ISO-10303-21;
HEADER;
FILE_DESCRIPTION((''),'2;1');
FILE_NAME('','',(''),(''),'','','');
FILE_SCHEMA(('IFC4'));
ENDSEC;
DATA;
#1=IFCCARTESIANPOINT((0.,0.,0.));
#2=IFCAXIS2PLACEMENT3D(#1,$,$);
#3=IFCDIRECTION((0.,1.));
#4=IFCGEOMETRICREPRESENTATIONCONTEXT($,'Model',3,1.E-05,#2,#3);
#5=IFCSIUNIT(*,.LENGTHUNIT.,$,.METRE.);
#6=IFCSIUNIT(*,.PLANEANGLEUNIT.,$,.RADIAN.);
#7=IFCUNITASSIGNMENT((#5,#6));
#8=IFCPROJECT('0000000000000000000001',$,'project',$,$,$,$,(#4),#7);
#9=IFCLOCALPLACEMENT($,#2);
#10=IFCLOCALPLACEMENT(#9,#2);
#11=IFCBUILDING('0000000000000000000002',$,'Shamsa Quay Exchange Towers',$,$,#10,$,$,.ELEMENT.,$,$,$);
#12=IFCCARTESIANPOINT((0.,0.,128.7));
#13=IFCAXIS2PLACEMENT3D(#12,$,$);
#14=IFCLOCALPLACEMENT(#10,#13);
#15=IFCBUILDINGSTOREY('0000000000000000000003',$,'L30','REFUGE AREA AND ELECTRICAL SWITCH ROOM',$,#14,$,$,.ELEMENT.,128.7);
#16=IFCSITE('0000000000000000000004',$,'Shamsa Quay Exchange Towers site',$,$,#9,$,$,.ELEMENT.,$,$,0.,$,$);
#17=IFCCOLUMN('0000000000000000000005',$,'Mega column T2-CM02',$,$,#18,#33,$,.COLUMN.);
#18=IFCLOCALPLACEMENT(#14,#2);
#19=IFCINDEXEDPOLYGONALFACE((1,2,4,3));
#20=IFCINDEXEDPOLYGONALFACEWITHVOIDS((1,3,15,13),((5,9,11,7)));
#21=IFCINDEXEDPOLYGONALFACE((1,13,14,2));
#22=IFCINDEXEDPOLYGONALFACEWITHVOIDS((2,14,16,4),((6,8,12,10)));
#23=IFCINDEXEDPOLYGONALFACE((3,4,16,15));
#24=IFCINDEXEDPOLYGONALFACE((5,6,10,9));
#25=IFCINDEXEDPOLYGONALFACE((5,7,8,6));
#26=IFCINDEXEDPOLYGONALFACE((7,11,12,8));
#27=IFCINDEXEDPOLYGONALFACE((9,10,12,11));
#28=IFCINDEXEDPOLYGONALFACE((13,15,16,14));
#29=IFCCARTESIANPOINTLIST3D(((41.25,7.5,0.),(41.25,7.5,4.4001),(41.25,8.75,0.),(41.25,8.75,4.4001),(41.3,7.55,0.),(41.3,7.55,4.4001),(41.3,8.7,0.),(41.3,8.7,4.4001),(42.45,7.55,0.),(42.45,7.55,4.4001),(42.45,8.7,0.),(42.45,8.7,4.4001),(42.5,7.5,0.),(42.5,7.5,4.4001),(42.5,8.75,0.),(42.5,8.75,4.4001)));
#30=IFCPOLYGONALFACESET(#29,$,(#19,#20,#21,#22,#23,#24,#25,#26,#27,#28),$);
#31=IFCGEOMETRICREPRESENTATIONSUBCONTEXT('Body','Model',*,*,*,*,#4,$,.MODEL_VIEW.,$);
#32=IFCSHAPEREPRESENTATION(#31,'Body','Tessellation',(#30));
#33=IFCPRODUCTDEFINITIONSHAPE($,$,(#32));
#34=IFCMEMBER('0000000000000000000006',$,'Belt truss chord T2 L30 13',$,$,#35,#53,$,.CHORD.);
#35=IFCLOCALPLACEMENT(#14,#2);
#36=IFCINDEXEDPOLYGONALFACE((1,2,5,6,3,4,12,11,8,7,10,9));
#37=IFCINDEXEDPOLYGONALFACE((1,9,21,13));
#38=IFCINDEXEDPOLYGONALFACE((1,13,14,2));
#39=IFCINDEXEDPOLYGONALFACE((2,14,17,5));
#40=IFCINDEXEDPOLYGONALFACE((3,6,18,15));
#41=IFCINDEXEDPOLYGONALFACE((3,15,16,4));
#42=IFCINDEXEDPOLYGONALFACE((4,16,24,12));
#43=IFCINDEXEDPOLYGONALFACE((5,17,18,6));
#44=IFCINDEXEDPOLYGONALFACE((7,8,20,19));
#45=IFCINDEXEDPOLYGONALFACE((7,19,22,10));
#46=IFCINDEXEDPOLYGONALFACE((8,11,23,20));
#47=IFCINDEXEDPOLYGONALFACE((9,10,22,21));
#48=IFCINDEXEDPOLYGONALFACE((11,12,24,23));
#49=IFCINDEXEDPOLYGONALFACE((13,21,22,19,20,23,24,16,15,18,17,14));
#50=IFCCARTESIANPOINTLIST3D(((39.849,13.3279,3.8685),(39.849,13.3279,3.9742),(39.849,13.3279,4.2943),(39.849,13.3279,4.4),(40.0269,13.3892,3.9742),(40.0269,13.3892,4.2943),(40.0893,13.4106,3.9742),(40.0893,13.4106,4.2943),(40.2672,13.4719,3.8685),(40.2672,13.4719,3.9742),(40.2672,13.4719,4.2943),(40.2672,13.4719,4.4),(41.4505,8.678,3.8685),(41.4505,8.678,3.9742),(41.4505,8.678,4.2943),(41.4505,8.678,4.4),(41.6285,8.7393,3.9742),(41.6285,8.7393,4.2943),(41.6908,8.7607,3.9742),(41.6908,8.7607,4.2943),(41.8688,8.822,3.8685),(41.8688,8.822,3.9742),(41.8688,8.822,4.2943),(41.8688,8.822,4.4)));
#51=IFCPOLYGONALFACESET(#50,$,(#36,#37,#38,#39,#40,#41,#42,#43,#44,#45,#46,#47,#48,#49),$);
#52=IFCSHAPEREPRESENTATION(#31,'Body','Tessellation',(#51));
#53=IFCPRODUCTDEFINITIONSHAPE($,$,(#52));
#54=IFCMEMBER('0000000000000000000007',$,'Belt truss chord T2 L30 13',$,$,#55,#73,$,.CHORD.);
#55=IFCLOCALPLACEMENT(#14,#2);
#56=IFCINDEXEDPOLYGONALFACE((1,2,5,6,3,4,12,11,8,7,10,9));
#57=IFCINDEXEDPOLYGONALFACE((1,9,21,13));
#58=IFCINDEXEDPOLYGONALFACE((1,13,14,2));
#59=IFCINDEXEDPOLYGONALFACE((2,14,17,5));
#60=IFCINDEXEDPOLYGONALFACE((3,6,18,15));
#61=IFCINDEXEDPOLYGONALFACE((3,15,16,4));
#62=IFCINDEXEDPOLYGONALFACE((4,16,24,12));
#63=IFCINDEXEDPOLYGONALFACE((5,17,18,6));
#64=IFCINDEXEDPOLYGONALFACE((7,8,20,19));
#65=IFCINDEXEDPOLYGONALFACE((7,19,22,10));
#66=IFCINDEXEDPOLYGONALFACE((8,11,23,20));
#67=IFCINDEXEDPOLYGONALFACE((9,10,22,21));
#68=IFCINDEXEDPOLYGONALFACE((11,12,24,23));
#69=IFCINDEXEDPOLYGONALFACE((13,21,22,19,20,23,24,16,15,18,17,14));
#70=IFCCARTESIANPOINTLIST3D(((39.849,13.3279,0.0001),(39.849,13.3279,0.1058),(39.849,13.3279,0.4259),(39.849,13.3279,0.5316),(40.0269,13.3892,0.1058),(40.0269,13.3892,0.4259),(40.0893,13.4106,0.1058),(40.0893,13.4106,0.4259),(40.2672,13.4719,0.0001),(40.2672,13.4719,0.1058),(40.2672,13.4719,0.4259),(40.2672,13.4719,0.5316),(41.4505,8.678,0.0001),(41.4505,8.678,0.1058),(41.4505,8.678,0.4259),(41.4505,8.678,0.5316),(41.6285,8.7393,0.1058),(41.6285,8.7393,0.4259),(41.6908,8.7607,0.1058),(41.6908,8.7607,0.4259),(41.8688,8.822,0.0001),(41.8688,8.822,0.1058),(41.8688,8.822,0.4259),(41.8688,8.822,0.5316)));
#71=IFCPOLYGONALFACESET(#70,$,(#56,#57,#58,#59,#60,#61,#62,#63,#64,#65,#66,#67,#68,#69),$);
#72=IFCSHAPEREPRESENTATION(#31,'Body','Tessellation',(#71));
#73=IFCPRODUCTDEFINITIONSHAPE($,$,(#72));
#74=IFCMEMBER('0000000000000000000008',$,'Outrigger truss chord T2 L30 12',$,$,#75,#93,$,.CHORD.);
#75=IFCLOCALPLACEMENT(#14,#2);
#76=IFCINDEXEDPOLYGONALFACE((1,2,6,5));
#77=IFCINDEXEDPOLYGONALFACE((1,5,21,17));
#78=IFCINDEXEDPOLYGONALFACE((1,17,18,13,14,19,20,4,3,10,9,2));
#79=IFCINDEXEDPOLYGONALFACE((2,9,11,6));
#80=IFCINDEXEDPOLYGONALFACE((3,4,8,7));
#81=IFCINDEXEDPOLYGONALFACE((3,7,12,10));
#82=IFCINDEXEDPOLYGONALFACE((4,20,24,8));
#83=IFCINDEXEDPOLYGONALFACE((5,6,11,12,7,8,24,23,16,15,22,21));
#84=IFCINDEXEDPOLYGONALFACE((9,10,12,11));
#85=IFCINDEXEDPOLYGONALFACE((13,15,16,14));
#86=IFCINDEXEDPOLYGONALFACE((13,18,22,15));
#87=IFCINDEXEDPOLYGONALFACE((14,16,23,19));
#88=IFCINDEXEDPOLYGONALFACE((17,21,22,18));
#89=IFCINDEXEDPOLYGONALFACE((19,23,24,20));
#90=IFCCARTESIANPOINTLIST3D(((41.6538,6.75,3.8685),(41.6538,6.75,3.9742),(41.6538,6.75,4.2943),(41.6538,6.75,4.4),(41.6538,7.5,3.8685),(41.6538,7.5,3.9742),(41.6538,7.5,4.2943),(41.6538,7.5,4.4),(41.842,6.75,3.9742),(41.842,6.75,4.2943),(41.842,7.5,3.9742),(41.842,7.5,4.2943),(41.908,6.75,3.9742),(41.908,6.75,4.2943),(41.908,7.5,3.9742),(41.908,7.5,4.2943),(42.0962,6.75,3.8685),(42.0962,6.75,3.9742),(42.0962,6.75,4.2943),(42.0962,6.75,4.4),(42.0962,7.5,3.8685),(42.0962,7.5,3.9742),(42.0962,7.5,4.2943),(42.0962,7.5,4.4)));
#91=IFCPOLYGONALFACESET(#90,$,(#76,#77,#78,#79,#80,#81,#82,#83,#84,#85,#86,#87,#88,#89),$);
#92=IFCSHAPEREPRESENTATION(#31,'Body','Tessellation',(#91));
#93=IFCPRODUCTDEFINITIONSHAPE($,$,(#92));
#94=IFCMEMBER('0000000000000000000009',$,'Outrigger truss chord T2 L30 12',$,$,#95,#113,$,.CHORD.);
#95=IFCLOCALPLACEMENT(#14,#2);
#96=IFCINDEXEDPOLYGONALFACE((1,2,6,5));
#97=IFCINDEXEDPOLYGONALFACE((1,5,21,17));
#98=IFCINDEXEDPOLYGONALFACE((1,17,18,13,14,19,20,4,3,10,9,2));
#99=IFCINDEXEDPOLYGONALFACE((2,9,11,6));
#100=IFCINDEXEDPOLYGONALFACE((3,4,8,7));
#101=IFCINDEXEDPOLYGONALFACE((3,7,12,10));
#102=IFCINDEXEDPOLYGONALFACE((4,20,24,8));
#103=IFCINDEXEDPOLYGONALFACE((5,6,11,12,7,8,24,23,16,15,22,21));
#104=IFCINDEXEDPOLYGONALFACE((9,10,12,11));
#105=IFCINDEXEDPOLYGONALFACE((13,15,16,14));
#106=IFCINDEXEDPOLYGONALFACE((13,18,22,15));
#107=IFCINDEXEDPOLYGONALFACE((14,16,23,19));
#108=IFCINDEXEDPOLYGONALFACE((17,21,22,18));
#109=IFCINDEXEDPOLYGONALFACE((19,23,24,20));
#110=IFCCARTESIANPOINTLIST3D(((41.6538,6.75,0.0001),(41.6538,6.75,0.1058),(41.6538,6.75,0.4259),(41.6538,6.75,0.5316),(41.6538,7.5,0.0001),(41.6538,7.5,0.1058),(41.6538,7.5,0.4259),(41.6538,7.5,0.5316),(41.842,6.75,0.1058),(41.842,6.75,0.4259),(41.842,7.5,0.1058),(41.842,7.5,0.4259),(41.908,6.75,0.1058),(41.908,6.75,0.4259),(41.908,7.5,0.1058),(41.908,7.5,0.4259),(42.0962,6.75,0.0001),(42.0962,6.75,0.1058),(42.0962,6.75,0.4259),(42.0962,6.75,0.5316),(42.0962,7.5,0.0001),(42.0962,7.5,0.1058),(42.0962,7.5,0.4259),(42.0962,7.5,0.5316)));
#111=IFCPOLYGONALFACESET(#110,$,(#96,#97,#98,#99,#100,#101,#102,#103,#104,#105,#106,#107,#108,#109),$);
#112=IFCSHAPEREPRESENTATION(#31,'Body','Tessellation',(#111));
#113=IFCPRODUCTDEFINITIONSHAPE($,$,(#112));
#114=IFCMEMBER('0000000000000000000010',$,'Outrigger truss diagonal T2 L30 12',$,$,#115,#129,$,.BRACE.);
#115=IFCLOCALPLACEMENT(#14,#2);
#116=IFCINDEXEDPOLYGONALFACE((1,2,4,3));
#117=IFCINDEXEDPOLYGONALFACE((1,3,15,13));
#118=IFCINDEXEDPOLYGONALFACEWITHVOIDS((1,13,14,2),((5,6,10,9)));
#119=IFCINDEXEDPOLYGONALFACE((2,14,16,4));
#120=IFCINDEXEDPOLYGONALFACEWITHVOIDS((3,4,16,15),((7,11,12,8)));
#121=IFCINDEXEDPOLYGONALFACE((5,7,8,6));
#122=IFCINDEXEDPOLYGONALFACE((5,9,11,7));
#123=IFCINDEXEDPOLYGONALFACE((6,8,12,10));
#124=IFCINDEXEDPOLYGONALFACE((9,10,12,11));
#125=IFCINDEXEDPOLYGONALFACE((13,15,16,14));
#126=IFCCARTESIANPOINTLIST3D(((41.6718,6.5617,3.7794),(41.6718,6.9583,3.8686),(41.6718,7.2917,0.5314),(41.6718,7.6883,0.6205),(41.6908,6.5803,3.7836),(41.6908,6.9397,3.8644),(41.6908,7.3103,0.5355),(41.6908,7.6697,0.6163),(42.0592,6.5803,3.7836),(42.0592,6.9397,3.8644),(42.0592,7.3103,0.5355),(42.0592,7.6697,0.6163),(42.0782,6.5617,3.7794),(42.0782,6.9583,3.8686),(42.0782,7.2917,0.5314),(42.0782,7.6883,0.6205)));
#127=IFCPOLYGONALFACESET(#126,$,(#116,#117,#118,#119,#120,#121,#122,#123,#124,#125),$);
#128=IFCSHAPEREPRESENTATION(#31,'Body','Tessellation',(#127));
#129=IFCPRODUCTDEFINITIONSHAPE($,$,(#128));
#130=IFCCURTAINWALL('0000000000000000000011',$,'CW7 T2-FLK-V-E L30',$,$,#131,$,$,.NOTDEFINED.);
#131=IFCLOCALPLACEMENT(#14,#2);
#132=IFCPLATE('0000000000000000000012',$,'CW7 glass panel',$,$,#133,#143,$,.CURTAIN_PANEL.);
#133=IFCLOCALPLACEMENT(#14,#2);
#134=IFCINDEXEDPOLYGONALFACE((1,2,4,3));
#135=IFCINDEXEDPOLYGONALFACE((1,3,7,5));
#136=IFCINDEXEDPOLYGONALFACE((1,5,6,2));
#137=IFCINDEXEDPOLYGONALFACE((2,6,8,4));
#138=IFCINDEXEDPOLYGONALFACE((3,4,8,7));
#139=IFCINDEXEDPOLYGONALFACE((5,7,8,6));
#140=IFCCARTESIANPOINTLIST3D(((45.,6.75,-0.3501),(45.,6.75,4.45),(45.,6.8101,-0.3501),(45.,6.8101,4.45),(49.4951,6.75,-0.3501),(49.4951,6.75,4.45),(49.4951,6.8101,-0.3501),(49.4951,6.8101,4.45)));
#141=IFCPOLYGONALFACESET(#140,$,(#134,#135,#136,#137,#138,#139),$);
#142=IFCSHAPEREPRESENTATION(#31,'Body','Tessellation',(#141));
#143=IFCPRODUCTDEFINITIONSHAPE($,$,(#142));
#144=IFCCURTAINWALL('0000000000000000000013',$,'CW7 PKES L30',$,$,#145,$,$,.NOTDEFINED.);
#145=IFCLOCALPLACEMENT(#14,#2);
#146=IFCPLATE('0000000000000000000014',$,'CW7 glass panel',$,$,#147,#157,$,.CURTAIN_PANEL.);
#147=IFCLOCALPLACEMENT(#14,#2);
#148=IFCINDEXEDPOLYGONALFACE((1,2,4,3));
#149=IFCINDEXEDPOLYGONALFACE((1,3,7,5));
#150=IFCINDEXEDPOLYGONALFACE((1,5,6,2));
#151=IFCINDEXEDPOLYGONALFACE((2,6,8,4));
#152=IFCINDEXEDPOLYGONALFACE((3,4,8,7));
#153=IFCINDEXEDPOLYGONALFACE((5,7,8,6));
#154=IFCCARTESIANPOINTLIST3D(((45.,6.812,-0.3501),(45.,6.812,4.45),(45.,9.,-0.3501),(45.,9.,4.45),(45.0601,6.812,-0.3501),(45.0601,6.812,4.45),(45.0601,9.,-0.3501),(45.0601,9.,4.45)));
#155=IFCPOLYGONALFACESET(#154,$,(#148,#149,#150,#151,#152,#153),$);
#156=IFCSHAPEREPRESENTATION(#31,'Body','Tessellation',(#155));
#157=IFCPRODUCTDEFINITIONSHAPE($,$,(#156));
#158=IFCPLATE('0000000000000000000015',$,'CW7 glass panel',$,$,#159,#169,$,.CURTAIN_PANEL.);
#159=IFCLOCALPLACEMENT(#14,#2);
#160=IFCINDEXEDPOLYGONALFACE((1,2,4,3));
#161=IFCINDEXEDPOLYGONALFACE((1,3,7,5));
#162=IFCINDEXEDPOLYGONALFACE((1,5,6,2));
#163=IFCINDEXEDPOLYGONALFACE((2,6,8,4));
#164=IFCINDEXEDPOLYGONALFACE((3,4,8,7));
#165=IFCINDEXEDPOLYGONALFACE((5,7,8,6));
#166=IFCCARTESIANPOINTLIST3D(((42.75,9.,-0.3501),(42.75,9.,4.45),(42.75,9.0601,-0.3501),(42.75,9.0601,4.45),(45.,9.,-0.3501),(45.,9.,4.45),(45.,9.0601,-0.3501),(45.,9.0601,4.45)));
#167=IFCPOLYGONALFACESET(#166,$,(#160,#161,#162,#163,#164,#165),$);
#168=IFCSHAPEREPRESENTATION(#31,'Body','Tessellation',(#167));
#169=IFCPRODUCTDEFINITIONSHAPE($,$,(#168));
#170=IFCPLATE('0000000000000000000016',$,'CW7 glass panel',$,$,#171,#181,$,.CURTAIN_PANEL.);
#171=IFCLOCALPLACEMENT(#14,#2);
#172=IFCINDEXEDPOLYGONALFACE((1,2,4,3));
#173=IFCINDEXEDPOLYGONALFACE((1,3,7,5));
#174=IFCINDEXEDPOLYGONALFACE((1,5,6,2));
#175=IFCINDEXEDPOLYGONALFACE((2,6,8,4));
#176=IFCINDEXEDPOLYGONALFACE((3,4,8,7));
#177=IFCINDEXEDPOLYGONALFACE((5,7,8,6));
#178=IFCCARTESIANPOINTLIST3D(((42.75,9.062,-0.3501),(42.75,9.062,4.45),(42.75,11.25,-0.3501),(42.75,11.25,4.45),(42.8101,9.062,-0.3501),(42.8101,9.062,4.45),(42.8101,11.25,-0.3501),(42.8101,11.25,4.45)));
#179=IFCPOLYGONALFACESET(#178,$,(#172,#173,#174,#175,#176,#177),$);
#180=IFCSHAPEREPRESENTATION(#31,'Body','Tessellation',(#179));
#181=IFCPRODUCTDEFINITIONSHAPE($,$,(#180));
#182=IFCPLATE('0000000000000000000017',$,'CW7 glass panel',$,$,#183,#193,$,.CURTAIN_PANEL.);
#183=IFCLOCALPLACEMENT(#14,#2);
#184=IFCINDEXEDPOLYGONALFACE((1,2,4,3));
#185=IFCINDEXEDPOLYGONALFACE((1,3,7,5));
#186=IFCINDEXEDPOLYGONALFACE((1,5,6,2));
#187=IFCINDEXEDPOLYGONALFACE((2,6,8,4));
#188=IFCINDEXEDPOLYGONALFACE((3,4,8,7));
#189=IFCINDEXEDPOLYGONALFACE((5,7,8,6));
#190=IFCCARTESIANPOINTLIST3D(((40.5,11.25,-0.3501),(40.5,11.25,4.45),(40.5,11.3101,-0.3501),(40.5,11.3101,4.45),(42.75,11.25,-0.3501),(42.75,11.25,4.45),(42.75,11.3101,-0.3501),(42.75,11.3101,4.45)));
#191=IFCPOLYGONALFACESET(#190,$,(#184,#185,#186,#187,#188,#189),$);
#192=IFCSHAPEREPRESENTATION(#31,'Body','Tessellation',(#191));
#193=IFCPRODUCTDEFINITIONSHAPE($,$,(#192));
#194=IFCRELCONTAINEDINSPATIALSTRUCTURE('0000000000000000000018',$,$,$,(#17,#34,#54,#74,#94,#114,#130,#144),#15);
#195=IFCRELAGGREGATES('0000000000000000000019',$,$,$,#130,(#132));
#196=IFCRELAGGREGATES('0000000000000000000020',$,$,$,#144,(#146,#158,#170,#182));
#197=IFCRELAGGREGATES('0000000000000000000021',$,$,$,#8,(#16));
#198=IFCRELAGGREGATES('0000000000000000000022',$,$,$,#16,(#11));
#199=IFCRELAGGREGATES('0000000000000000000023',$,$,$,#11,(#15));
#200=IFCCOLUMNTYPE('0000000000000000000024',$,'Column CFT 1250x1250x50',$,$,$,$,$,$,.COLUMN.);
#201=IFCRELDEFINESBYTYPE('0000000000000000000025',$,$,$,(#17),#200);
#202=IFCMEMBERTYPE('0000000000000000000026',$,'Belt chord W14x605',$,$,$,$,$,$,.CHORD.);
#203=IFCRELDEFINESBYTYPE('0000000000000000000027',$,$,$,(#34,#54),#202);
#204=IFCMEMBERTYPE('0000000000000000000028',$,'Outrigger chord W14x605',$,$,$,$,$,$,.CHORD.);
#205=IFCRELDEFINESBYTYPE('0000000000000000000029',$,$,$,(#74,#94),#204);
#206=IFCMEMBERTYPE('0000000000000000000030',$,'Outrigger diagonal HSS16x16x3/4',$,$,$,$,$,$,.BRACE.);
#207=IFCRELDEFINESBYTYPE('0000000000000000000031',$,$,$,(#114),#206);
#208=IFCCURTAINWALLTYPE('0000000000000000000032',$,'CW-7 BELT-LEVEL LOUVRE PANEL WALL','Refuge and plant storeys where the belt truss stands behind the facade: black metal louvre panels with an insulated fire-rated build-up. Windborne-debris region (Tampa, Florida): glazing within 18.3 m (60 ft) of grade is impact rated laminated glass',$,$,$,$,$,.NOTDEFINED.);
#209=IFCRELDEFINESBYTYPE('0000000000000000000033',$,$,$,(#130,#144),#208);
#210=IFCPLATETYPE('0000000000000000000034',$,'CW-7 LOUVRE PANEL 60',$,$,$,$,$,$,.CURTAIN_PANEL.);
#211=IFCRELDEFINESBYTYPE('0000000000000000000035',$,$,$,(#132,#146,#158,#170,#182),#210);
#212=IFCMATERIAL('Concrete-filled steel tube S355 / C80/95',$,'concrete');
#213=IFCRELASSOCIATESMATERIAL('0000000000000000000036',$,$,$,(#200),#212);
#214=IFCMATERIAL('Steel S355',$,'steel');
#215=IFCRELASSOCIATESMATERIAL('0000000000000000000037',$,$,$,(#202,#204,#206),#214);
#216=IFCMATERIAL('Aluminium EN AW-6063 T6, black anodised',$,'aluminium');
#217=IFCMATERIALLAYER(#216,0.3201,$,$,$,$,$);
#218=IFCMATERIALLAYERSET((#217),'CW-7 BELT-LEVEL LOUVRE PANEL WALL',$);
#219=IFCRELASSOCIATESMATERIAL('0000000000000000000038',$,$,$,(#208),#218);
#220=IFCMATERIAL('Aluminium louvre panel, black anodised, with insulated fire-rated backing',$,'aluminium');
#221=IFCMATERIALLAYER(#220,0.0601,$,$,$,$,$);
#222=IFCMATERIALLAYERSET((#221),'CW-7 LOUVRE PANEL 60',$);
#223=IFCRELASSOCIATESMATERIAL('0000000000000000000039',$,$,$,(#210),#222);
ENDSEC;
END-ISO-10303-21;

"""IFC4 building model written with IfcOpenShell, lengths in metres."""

from ifc_helpers import new_model, si_unit, direction, frame, origin, origin_2d, place, context, subcontext, project, spatial, rectangle, hollow_rectangle, i_section, extrude, material, layer, layer_set, material_profile, profile_set, type_object, element, aggregate, save


model = new_model("IFC4")

# Units and contexts
model_context = context("Model", 3, precision=1e-05, world=origin(), true_north=direction((0.0, 1.0)))
body_context = subcontext(model_context, "Body", "Model", "MODEL_VIEW")
ifc_project = project(units=[si_unit("LENGTHUNIT", "METRE"), si_unit("PLANEANGLEUNIT", "RADIAN")], contexts=[model_context])

# Site, building, storey
site_placement = place(None, origin())
site = spatial("IfcSite", under=ifc_project, at=site_placement, Name="Shamsa Quay Exchange Towers site", CompositionType="ELEMENT", RefElevation=0.0)
building_placement = place(site_placement, origin())
building = spatial("IfcBuilding", under=site, at=building_placement, Name="Shamsa Quay Exchange Towers", CompositionType="ELEMENT")
storey_placement = place(building_placement, frame((0.0, 0.0, 128.7)))
storey = spatial("IfcBuildingStorey", under=building, at=storey_placement, Name="L30", Description="REFUGE AREA AND ELECTRICAL SWITCH ROOM", CompositionType="ELEMENT", Elevation=128.7)

# Column
ifc_material_1 = material(Name="Concrete-filled steel tube S355 / C80/95", Category="concrete")
ifc_material_profile_1 = material_profile(ifc_material_1, hollow_rectangle(XDim=1.25, YDim=1.25, WallThickness=0.05, at=origin_2d()), Name="CFT 1250x1250x50")
ifc_profile_set_1 = profile_set([ifc_material_profile_1], Name="Concrete-filled steel tube S355 / C80/95")
column_type = type_object("IfcColumnType", Name="Column CFT 1250x1250x50", PredefinedType="COLUMN", material=ifc_profile_set_1)
column_placement = place(storey_placement, frame((41.875, 8.125, 0.0)))
element("IfcColumn", 1, at=column_placement, inside=storey, type_object=column_type, Name="Mega column T2-CM02", PredefinedType="COLUMN", context=body_context, shape_type="SweptSolid", body=[
    extrude(hollow_rectangle(XDim=1.25, YDim=1.25, WallThickness=0.05, at=origin_2d()), origin(), (0.0, 0.0, 1.0), 4.4001),
])

# Members
ifc_material_2 = material(Name="Steel S355", Category="steel")
ifc_material_profile_2 = material_profile(ifc_material_2, i_section(OverallWidth=0.4424, OverallDepth=0.5315, WebThickness=0.0659, FlangeThickness=0.1057, at=origin_2d()), Name="W14x605")
ifc_profile_set_2 = profile_set([ifc_material_profile_2], Name="Steel S355")
member_type_1 = type_object("IfcMemberType", Name="Belt chord W14x605", PredefinedType="CHORD", material=ifc_profile_set_2)
for number, where, z_axis, x_axis, name in (
    (2, (41.6597, 8.75, 4.1343), (-0.325654, 0.945489, 0.0), (-0.945489, -0.325654, 0.0), "Belt truss chord T2 L30 13"),
    (3, (41.6597, 8.75, 0.2659), (-0.325654, 0.945489, 0.0), (-0.945489, -0.325654, 0.0), "Belt truss chord T2 L30 13"),
):
    element("IfcMember", number, at=place(storey_placement, frame(where, z_axis=z_axis, x_axis=x_axis)), inside=storey, type_object=member_type_1, Name=name, PredefinedType="CHORD", context=body_context, shape_type="SweptSolid", body=[
        extrude(i_section(OverallWidth=0.4424, OverallDepth=0.5315, WebThickness=0.0659, FlangeThickness=0.1057, at=origin_2d()), origin(), (0.0, 0.0, 1.0), 4.918),
    ])
ifc_material_profile_3 = material_profile(ifc_material_2, i_section(OverallWidth=0.4424, OverallDepth=0.5315, WebThickness=0.0659, FlangeThickness=0.1057, at=origin_2d()), Name="W14x605")
ifc_profile_set_3 = profile_set([ifc_material_profile_3], Name="Steel S355")
member_type_2 = type_object("IfcMemberType", Name="Outrigger chord W14x605", PredefinedType="CHORD", material=ifc_profile_set_3)
for number, where, z_axis, x_axis, name in (
    (4, (41.875, 7.5, 4.1343), (0.0, -1.0, 0.0), (1.0, 0.0, 0.0), "Outrigger truss chord T2 L30 12"),
    (5, (41.875, 7.5, 0.2659), (0.0, -1.0, 0.0), (1.0, 0.0, 0.0), "Outrigger truss chord T2 L30 12"),
):
    element("IfcMember", number, at=place(storey_placement, frame(where, z_axis=z_axis, x_axis=x_axis)), inside=storey, type_object=member_type_2, Name=name, PredefinedType="CHORD", context=body_context, shape_type="SweptSolid", body=[
        extrude(i_section(OverallWidth=0.4424, OverallDepth=0.5315, WebThickness=0.0659, FlangeThickness=0.1057, at=origin_2d()), origin(), (0.0, 0.0, 1.0), 0.75),
    ])
ifc_material_profile_4 = material_profile(ifc_material_2, hollow_rectangle(XDim=0.4065, YDim=0.4065, WallThickness=0.019, at=origin_2d()), Name="HSS16x16x3/4")
ifc_profile_set_4 = profile_set([ifc_material_profile_4], Name="Steel S355")
member_type_3 = type_object("IfcMemberType", Name="Outrigger diagonal HSS16x16x3/4", PredefinedType="BRACE", material=ifc_profile_set_4)
member_placement = place(storey_placement, frame((41.875, 7.49, 0.5759), z_axis=(0.0, -0.219275, 0.975663), x_axis=(1.0, 0.0, 0.0)))
element("IfcMember", 6, at=member_placement, inside=storey, type_object=member_type_3, Name="Outrigger truss diagonal T2 L30 12", PredefinedType="BRACE", context=body_context, shape_type="SweptSolid", body=[
    extrude(hollow_rectangle(XDim=0.4065, YDim=0.4065, WallThickness=0.019, at=origin_2d()), origin(), (0.0, 0.0, 1.0), 3.3291),
])

# Curtain wall, plate
ifc_material_3 = material(Name="Aluminium EN AW-6063 T6, black anodised", Category="aluminium")
ifc_layer_1 = layer(ifc_material_3, 0.3201)
ifc_layer_set_1 = layer_set([ifc_layer_1], Name="CW-7 BELT-LEVEL LOUVRE PANEL WALL")
curtain_wall_type = type_object("IfcCurtainWallType", Name="CW-7 BELT-LEVEL LOUVRE PANEL WALL", Description="Refuge and plant storeys where the belt truss stands behind the facade: black metal louvre panels with an insulated fire-rated build-up. Windborne-debris region (Tampa, Florida): glazing within 18.3 m (60 ft) of grade is impact rated laminated glass", PredefinedType="NOTDEFINED", material=ifc_layer_set_1)
curtain_wall_1_placement = place(storey_placement, origin())
curtain_wall_1 = element("IfcCurtainWall", 7, at=curtain_wall_1_placement, inside=storey, type_object=curtain_wall_type, Name="CW7 T2-FLK-V-E L30", PredefinedType="NOTDEFINED")
ifc_material_4 = material(Name="Aluminium louvre panel, black anodised, with insulated fire-rated backing", Category="aluminium")
ifc_layer_2 = layer(ifc_material_4, 0.0601)
ifc_layer_set_2 = layer_set([ifc_layer_2], Name="CW-7 LOUVRE PANEL 60")
plate_type = type_object("IfcPlateType", Name="CW-7 LOUVRE PANEL 60", PredefinedType="CURTAIN_PANEL", material=ifc_layer_set_2)
plate_1_placement = place(storey_placement, frame((47.2476, 6.78, -0.3501), z_axis=(0.0, 0.0, 1.0), x_axis=(-1.0, 0.0, 0.0)))
plate_1 = element("IfcPlate", 8, at=plate_1_placement, type_object=plate_type, Name="CW7 glass panel", PredefinedType="CURTAIN_PANEL", context=body_context, shape_type="SweptSolid", body=[
    extrude(rectangle(XDim=4.4951, YDim=0.0601, at=origin_2d()), origin(), (0.0, 0.0, 1.0), 4.8),
])
aggregate(curtain_wall_1, [plate_1])

# Curtain wall, plates
curtain_wall_2_placement = place(storey_placement, origin())
curtain_wall_2 = element("IfcCurtainWall", 9, at=curtain_wall_2_placement, inside=storey, type_object=curtain_wall_type, Name="CW7 PKES L30", PredefinedType="NOTDEFINED")
plate_2_placement = place(storey_placement, frame((45.03, 7.906, -0.3501), z_axis=(0.0, 0.0, 1.0), x_axis=(0.0, 1.0, 0.0)))
plate_2 = element("IfcPlate", 10, at=plate_2_placement, type_object=plate_type, Name="CW7 glass panel", PredefinedType="CURTAIN_PANEL", context=body_context, shape_type="SweptSolid", body=[
    extrude(rectangle(XDim=2.188, YDim=0.0601, at=origin_2d()), origin(), (0.0, 0.0, 1.0), 4.8),
])
plate_3_placement = place(storey_placement, frame((43.875, 9.03, -0.3501), z_axis=(0.0, 0.0, 1.0), x_axis=(-1.0, 0.0, 0.0)))
plate_3 = element("IfcPlate", 11, at=plate_3_placement, type_object=plate_type, Name="CW7 glass panel", PredefinedType="CURTAIN_PANEL", context=body_context, shape_type="SweptSolid", body=[
    extrude(rectangle(XDim=2.25, YDim=0.0601, at=origin_2d()), origin(), (0.0, 0.0, 1.0), 4.8),
])
plate_4_placement = place(storey_placement, frame((42.78, 10.156, -0.3501), z_axis=(0.0, 0.0, 1.0), x_axis=(0.0, 1.0, 0.0)))
plate_4 = element("IfcPlate", 12, at=plate_4_placement, type_object=plate_type, Name="CW7 glass panel", PredefinedType="CURTAIN_PANEL", context=body_context, shape_type="SweptSolid", body=[
    extrude(rectangle(XDim=2.188, YDim=0.0601, at=origin_2d()), origin(), (0.0, 0.0, 1.0), 4.8),
])
plate_5_placement = place(storey_placement, frame((41.625, 11.28, -0.3501), z_axis=(0.0, 0.0, 1.0), x_axis=(-1.0, 0.0, 0.0)))
plate_5 = element("IfcPlate", 13, at=plate_5_placement, type_object=plate_type, Name="CW7 glass panel", PredefinedType="CURTAIN_PANEL", context=body_context, shape_type="SweptSolid", body=[
    extrude(rectangle(XDim=2.25, YDim=0.0601, at=origin_2d()), origin(), (0.0, 0.0, 1.0), 4.8),
])
aggregate(curtain_wall_2, [plate_2, plate_3, plate_4, plate_5])

save(model, "model.ifc")
